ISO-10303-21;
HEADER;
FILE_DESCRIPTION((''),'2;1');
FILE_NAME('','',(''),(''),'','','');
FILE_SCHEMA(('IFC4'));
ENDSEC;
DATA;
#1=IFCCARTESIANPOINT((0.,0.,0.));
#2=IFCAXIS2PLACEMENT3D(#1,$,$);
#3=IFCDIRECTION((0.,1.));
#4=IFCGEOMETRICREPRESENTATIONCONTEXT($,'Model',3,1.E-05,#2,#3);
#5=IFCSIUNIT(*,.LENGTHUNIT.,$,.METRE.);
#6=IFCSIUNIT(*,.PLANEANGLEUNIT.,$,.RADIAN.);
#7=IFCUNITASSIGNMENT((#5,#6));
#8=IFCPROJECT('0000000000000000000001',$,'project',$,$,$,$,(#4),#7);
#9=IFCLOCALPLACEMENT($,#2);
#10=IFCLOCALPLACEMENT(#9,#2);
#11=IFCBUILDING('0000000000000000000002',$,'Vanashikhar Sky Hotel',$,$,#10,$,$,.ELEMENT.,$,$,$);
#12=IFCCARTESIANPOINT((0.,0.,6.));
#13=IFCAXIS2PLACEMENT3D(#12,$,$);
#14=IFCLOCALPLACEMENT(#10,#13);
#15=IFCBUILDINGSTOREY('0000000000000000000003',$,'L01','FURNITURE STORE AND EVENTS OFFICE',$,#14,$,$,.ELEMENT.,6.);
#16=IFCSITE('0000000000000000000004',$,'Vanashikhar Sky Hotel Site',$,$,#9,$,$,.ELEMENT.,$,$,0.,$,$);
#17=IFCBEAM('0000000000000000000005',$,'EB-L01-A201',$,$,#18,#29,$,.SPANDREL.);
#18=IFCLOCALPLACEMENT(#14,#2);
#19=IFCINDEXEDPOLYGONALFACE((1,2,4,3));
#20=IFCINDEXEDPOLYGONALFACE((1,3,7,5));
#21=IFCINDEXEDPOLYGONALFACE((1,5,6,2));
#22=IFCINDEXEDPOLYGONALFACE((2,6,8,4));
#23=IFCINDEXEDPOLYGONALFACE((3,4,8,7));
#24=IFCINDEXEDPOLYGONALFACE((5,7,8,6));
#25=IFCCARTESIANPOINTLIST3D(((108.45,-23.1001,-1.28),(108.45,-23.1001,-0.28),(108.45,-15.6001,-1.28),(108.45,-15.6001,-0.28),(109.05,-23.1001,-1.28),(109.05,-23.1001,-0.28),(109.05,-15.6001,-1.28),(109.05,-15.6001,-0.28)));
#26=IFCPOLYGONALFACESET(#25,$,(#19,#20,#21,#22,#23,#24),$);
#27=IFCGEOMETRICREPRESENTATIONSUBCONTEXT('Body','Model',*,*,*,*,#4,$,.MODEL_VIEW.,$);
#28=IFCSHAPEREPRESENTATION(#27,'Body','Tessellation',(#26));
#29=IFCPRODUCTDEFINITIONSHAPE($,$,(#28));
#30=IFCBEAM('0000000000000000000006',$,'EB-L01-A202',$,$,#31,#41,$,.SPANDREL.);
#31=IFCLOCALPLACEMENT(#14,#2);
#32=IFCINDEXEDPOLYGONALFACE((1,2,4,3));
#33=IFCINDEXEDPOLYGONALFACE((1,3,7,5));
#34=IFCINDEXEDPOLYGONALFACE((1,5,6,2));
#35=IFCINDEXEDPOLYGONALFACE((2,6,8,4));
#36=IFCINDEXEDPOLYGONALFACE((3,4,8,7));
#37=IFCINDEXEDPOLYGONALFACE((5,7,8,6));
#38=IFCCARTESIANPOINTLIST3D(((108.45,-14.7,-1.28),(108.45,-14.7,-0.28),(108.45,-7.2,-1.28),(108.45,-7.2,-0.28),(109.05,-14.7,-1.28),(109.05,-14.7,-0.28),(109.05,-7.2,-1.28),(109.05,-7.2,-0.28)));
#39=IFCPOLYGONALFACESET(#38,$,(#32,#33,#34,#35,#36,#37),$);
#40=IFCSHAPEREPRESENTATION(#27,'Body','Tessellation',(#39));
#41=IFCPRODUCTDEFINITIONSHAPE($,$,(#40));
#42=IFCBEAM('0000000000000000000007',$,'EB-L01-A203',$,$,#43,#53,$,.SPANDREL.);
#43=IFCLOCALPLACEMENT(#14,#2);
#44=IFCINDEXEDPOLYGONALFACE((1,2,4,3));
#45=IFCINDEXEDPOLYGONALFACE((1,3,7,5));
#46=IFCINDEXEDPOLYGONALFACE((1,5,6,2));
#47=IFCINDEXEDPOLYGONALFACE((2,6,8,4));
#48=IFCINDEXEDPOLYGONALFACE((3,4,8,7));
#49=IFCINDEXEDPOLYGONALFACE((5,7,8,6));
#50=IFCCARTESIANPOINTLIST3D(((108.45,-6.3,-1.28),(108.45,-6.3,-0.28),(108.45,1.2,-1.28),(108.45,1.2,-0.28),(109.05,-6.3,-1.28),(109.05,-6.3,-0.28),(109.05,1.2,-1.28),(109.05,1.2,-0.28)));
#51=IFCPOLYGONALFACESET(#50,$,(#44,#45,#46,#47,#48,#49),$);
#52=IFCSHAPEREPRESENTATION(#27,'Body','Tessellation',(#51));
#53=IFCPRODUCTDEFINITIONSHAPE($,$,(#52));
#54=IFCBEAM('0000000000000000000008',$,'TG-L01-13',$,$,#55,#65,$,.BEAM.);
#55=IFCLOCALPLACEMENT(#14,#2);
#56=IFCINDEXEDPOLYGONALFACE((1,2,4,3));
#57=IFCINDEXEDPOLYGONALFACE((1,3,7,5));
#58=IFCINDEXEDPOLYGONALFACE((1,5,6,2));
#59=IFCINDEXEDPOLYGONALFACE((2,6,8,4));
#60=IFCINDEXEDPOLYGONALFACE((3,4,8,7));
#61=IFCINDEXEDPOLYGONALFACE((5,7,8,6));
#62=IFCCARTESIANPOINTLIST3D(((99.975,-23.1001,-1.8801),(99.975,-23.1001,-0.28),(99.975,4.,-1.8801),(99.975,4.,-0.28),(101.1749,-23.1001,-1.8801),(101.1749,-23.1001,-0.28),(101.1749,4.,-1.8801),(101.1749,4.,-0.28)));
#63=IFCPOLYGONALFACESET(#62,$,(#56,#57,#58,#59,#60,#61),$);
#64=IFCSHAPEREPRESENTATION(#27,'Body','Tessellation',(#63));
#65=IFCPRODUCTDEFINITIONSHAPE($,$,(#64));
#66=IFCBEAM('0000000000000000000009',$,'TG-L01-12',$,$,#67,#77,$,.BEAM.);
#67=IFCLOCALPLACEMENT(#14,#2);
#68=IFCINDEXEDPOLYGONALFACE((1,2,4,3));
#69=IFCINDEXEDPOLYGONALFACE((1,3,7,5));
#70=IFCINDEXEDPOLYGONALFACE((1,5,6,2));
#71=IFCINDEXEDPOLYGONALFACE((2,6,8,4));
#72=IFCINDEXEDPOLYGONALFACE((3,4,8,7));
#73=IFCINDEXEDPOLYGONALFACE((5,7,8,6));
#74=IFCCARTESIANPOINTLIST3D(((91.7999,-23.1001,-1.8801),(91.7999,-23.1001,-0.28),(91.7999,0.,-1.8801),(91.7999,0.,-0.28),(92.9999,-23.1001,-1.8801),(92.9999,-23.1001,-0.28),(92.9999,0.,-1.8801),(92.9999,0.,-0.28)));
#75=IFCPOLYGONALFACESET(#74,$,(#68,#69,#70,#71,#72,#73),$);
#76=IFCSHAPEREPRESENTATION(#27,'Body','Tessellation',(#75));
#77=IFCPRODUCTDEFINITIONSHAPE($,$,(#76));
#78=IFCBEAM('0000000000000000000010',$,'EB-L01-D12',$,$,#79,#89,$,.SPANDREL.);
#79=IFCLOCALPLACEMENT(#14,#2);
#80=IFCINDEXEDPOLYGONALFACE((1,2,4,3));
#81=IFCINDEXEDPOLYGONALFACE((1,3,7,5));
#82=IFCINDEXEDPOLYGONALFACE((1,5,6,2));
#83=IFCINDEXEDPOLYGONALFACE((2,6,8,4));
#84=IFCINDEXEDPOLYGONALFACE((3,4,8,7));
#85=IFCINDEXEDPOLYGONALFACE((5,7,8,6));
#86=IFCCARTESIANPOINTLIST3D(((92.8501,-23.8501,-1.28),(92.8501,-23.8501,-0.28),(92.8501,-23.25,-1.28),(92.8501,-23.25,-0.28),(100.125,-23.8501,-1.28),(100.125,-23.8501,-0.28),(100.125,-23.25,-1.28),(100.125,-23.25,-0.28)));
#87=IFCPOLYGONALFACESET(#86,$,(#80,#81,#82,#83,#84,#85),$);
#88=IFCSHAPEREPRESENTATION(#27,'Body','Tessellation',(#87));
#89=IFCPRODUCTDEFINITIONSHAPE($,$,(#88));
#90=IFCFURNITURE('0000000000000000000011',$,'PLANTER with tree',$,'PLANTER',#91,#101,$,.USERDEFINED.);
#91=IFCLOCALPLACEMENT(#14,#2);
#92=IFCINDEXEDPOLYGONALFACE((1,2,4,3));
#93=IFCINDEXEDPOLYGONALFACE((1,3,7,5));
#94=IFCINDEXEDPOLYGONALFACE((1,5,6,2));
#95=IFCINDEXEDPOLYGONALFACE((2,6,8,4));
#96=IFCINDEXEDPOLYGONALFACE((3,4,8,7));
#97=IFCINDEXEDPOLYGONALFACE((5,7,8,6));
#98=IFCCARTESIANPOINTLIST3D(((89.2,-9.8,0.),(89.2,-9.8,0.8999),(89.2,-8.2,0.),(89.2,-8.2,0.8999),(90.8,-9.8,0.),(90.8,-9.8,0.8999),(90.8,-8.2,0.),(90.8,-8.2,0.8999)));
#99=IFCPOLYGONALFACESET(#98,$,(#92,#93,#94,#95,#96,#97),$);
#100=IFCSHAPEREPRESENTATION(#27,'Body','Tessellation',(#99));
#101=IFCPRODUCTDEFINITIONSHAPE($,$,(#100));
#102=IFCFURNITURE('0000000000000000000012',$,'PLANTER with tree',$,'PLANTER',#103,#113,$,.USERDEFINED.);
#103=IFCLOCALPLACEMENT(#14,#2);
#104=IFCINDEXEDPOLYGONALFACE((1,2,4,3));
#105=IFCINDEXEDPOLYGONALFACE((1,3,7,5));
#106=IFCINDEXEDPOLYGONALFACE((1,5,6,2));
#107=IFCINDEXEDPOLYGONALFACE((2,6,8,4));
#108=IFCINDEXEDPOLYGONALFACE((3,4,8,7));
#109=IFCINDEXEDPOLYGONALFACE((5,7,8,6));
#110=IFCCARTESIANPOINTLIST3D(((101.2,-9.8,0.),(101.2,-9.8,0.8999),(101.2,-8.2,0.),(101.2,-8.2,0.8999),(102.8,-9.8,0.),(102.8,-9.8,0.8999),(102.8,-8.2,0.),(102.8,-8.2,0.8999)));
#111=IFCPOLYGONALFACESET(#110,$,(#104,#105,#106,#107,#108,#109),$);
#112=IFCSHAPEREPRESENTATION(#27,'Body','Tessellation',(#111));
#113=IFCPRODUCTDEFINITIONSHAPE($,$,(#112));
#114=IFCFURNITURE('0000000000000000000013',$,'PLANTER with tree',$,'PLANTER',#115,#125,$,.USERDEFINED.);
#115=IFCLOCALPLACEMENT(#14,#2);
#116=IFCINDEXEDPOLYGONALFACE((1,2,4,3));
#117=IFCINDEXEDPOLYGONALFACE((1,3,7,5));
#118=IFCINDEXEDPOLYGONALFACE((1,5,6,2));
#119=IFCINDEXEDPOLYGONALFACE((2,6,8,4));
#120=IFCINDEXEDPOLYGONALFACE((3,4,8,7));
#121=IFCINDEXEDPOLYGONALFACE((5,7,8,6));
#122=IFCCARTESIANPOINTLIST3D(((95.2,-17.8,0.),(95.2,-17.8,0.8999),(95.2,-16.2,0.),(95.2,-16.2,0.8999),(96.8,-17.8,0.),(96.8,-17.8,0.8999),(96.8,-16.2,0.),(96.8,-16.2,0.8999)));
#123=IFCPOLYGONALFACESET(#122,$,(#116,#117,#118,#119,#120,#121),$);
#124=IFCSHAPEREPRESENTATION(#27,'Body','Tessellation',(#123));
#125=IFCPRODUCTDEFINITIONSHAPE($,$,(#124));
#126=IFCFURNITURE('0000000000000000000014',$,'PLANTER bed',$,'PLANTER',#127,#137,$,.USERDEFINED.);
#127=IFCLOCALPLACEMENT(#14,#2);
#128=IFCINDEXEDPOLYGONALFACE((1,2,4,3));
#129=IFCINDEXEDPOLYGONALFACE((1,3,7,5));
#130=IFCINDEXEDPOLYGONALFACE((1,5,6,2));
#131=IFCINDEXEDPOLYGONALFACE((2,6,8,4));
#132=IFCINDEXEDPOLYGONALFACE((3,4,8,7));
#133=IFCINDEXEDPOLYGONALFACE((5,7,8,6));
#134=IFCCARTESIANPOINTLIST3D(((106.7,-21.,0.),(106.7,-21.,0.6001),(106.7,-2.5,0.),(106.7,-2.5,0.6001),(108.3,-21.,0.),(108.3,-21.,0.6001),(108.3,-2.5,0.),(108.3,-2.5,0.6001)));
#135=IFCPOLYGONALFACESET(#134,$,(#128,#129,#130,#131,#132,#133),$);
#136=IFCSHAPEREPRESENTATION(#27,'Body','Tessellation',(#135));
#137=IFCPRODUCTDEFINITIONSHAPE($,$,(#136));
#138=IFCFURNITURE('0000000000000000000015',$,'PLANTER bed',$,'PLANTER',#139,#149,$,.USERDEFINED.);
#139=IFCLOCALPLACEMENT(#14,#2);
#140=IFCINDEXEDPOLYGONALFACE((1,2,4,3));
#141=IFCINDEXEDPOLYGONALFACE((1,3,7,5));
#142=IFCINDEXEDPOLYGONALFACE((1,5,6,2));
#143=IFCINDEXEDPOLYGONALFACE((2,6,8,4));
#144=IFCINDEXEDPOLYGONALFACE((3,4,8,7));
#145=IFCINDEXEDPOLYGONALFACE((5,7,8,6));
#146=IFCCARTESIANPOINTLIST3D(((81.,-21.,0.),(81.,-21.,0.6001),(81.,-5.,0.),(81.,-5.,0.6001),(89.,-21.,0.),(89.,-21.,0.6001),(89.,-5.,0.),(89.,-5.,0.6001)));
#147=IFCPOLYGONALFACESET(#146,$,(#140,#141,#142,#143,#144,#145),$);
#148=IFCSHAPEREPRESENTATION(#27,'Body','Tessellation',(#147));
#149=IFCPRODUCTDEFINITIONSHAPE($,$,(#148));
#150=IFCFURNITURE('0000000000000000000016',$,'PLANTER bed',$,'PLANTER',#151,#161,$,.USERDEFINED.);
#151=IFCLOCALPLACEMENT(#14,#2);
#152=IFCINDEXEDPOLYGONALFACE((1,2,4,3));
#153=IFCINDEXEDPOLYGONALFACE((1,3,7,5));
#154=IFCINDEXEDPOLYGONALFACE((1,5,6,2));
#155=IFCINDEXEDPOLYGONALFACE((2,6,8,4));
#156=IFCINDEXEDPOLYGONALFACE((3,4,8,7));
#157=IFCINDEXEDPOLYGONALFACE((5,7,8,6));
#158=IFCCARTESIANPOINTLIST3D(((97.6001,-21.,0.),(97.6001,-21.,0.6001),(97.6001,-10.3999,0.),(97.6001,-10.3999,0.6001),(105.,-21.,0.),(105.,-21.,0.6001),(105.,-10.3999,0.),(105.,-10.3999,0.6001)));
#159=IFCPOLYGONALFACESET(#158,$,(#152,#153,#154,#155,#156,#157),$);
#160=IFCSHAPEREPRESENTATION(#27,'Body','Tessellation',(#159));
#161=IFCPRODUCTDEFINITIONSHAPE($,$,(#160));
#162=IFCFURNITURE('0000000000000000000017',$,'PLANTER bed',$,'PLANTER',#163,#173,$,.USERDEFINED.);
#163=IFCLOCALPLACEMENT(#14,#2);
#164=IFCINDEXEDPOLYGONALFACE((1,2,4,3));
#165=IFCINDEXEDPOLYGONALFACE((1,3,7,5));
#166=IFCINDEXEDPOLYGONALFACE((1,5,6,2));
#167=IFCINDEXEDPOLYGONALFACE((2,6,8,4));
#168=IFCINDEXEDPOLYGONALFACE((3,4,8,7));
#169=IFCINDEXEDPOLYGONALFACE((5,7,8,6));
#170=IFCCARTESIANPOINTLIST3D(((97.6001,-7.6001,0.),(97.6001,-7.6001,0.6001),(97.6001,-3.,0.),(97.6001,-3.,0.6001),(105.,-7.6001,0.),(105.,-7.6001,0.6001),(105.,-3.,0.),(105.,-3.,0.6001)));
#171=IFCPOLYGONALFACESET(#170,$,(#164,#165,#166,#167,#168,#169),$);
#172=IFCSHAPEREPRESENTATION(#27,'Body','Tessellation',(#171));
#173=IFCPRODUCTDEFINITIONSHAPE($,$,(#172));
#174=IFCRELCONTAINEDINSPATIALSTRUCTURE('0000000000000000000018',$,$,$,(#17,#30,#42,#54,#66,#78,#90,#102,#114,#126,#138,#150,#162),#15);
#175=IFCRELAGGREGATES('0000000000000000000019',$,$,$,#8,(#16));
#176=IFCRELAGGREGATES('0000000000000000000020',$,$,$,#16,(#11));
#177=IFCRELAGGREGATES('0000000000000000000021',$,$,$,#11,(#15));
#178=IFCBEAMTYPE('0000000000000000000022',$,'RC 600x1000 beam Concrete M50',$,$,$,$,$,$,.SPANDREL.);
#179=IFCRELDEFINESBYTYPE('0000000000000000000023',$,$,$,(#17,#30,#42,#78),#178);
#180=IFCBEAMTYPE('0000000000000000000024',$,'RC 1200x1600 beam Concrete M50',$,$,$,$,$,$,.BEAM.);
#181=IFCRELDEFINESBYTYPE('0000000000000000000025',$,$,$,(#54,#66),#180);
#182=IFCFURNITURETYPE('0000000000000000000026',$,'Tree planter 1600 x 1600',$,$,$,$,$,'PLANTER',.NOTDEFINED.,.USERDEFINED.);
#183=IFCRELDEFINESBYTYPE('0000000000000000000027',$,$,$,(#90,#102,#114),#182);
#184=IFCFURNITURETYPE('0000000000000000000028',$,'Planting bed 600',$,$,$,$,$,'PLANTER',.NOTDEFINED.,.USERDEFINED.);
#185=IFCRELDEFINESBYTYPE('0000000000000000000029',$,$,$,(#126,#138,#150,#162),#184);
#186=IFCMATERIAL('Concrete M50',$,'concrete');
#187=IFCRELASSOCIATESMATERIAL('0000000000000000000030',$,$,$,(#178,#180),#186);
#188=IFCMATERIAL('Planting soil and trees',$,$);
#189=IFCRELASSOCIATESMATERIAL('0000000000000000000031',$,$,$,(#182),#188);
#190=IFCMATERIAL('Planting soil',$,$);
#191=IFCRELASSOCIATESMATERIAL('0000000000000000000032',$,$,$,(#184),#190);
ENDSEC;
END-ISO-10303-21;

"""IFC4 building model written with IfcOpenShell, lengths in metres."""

from ifc_helpers import new_model, si_unit, direction, frame, origin, origin_2d, place, context, subcontext, project, spatial, rectangle, extrude, source, transform, mapped, material, material_profile, profile_set, type_object, element, save


model = new_model("IFC4")

# Units and contexts
model_context = context("Model", 3, precision=1e-05, world=origin(), true_north=direction((0.0, 1.0)))
body_context = subcontext(model_context, "Body", "Model", "MODEL_VIEW")
ifc_project = project(units=[si_unit("LENGTHUNIT", "METRE"), si_unit("PLANEANGLEUNIT", "RADIAN")], contexts=[model_context])

# Site, building, storey
site_placement = place(None, origin())
site = spatial("IfcSite", under=ifc_project, at=site_placement, Name="Vanashikhar Sky Hotel Site", CompositionType="ELEMENT", RefElevation=0.0)
building_placement = place(site_placement, origin())
building = spatial("IfcBuilding", under=site, at=building_placement, Name="Vanashikhar Sky Hotel", CompositionType="ELEMENT")
storey_placement = place(building_placement, frame((0.0, 0.0, 6.0)))
storey = spatial("IfcBuildingStorey", under=building, at=storey_placement, Name="L01", Description="FURNITURE STORE AND EVENTS OFFICE", CompositionType="ELEMENT", Elevation=6.0)

# Beams
ifc_material_1 = material(Name="Concrete M50", Category="concrete")
ifc_material_profile_1 = material_profile(ifc_material_1, rectangle(XDim=0.6001, YDim=1.0, at=origin_2d()))
ifc_profile_set_1 = profile_set([ifc_material_profile_1], Name="RC 600x1000 beam Concrete M50")
beam_type_1 = type_object("IfcBeamType", Name="RC 600x1000 beam Concrete M50", PredefinedType="SPANDREL", material=ifc_profile_set_1)
shared_shape_1 = source(origin(), body_context, "Body", "SweptSolid", [
    extrude(rectangle(XDim=0.6001, YDim=1.0, at=origin_2d()), origin(), (0.0, 0.0, 1.0), 7.5),
])
for number, where, z_axis, x_axis, name in (
    (1, (108.75, -23.1001, -0.78), (0.0, 1.0, 0.0), (-1.0, 0.0, 0.0), "EB-L01-A201"),
    (2, (108.75, -14.7, -0.78), (0.0, 1.0, 0.0), (-1.0, 0.0, 0.0), "EB-L01-A202"),
    (3, (108.75, -6.3, -0.78), (0.0, 1.0, 0.0), (-1.0, 0.0, 0.0), "EB-L01-A203"),
):
    element("IfcBeam", number, at=place(storey_placement, frame(where, z_axis=z_axis, x_axis=x_axis)), inside=storey, type_object=beam_type_1, Name=name, PredefinedType="SPANDREL", context=body_context, shape_type="MappedRepresentation", body=[
        mapped(shared_shape_1, transform((0.0, 0.0, 0.0), scale=1.0)),
    ])
ifc_material_profile_2 = material_profile(ifc_material_1, rectangle(XDim=1.2, YDim=1.6001, at=origin_2d()))
ifc_profile_set_2 = profile_set([ifc_material_profile_2], Name="RC 1200x1600 beam Concrete M50")
beam_type_2 = type_object("IfcBeamType", Name="RC 1200x1600 beam Concrete M50", PredefinedType="BEAM", material=ifc_profile_set_2)
shared_shape_2 = source(origin(), body_context, "Body", "SweptSolid", [
    extrude(rectangle(XDim=1.2, YDim=1.6001, at=origin_2d()), origin(), (0.0, 0.0, 1.0), 27.1001),
])
beam_1_placement = place(storey_placement, frame((100.575, -23.1001, -1.0801), z_axis=(0.0, 1.0, 0.0), x_axis=(-1.0, 0.0, 0.0)))
element("IfcBeam", 4, at=beam_1_placement, inside=storey, type_object=beam_type_2, Name="TG-L01-13", PredefinedType="BEAM", context=body_context, shape_type="MappedRepresentation", body=[
    mapped(shared_shape_2, transform((0.0, 0.0, 0.0), scale=1.0)),
])
shared_shape_3 = source(origin(), body_context, "Body", "SweptSolid", [
    extrude(rectangle(XDim=1.2, YDim=1.6001, at=origin_2d()), origin(), (0.0, 0.0, 1.0), 23.1001),
])
beam_2_placement = place(storey_placement, frame((92.3999, -23.1001, -1.0801), z_axis=(0.0, 1.0, 0.0), x_axis=(-1.0, 0.0, 0.0)))
element("IfcBeam", 5, at=beam_2_placement, inside=storey, type_object=beam_type_2, Name="TG-L01-12", PredefinedType="BEAM", context=body_context, shape_type="MappedRepresentation", body=[
    mapped(shared_shape_3, transform((0.0, 0.0, 0.0), scale=1.0)),
])
shared_shape_4 = source(origin(), body_context, "Body", "SweptSolid", [
    extrude(rectangle(XDim=0.6001, YDim=1.0, at=origin_2d()), origin(), (0.0, 0.0, 1.0), 7.2749),
])
beam_3_placement = place(storey_placement, frame((92.8501, -23.55, -0.78), z_axis=(1.0, 0.0, 0.0), x_axis=(0.0, 1.0, 0.0)))
element("IfcBeam", 6, at=beam_3_placement, inside=storey, type_object=beam_type_1, Name="EB-L01-D12", PredefinedType="SPANDREL", context=body_context, shape_type="MappedRepresentation", body=[
    mapped(shared_shape_4, transform((0.0, 0.0, 0.0), scale=1.0)),
])

# Furniture
ifc_material_2 = material(Name="Planting soil and trees")
furniture_type_1 = type_object("IfcFurnitureType", Name="Tree planter 1600 x 1600", ElementType="PLANTER", AssemblyPlace="NOTDEFINED", PredefinedType="USERDEFINED", material=ifc_material_2)
shared_shape_5 = source(origin(), body_context, "Body", "SweptSolid", [
    extrude(rectangle(XDim=1.6001, YDim=1.6001, at=origin_2d()), origin(), (0.0, 0.0, 1.0), 0.8999),
])
for number, where, z_axis, x_axis, name in (
    (7, (90.0, -9.0, 0.0), (0.0, 0.0, 1.0), (1.0, 0.0, 0.0), "PLANTER with tree"),
    (8, (102.0, -9.0, 0.0), (0.0, 0.0, 1.0), (1.0, 0.0, 0.0), "PLANTER with tree"),
    (9, (96.0, -17.0, 0.0), (0.0, 0.0, 1.0), (1.0, 0.0, 0.0), "PLANTER with tree"),
):
    element("IfcFurniture", number, at=place(storey_placement, frame(where, z_axis=z_axis, x_axis=x_axis)), inside=storey, type_object=furniture_type_1, Name=name, ObjectType="PLANTER", PredefinedType="USERDEFINED", context=body_context, shape_type="MappedRepresentation", body=[
        mapped(shared_shape_5, transform((0.0, 0.0, 0.0), scale=1.0)),
    ])
ifc_material_3 = material(Name="Planting soil")
furniture_type_2 = type_object("IfcFurnitureType", Name="Planting bed 600", ElementType="PLANTER", AssemblyPlace="NOTDEFINED", PredefinedType="USERDEFINED", material=ifc_material_3)
shared_shape_6 = source(origin(), body_context, "Body", "SweptSolid", [
    extrude(rectangle(XDim=1.6001, YDim=18.5, at=origin_2d()), origin(), (0.0, 0.0, 1.0), 0.6001),
])
furniture_1_placement = place(storey_placement, frame((107.5, -11.75, 0.0), z_axis=(0.0, 0.0, 1.0), x_axis=(1.0, 0.0, 0.0)))
element("IfcFurniture", 10, at=furniture_1_placement, inside=storey, type_object=furniture_type_2, Name="PLANTER bed", ObjectType="PLANTER", PredefinedType="USERDEFINED", context=body_context, shape_type="MappedRepresentation", body=[
    mapped(shared_shape_6, transform((0.0, 0.0, 0.0), scale=1.0)),
])
shared_shape_7 = source(origin(), body_context, "Body", "SweptSolid", [
    extrude(rectangle(XDim=8.0, YDim=16.0, at=origin_2d()), origin(), (0.0, 0.0, 1.0), 0.6001),
])
furniture_2_placement = place(storey_placement, frame((85.0, -13.0, 0.0), z_axis=(0.0, 0.0, 1.0), x_axis=(1.0, 0.0, 0.0)))
element("IfcFurniture", 11, at=furniture_2_placement, inside=storey, type_object=furniture_type_2, Name="PLANTER bed", ObjectType="PLANTER", PredefinedType="USERDEFINED", context=body_context, shape_type="MappedRepresentation", body=[
    mapped(shared_shape_7, transform((0.0, 0.0, 0.0), scale=1.0)),
])
shared_shape_8 = source(origin(), body_context, "Body", "SweptSolid", [
    extrude(rectangle(XDim=7.3999, YDim=10.6001, at=origin_2d()), origin(), (0.0, 0.0, 1.0), 0.6001),
])
furniture_3_placement = place(storey_placement, frame((101.3, -15.7, 0.0), z_axis=(0.0, 0.0, 1.0), x_axis=(1.0, 0.0, 0.0)))
element("IfcFurniture", 12, at=furniture_3_placement, inside=storey, type_object=furniture_type_2, Name="PLANTER bed", ObjectType="PLANTER", PredefinedType="USERDEFINED", context=body_context, shape_type="MappedRepresentation", body=[
    mapped(shared_shape_8, transform((0.0, 0.0, 0.0), scale=1.0)),
])
shared_shape_9 = source(origin(), body_context, "Body", "SweptSolid", [
    extrude(rectangle(XDim=7.3999, YDim=4.6001, at=origin_2d()), origin(), (0.0, 0.0, 1.0), 0.6001),
])
furniture_4_placement = place(storey_placement, frame((101.3, -5.3, 0.0), z_axis=(0.0, 0.0, 1.0), x_axis=(1.0, 0.0, 0.0)))
element("IfcFurniture", 13, at=furniture_4_placement, inside=storey, type_object=furniture_type_2, Name="PLANTER bed", ObjectType="PLANTER", PredefinedType="USERDEFINED", context=body_context, shape_type="MappedRepresentation", body=[
    mapped(shared_shape_9, transform((0.0, 0.0, 0.0), scale=1.0)),
])

save(model, "model.ifc")
